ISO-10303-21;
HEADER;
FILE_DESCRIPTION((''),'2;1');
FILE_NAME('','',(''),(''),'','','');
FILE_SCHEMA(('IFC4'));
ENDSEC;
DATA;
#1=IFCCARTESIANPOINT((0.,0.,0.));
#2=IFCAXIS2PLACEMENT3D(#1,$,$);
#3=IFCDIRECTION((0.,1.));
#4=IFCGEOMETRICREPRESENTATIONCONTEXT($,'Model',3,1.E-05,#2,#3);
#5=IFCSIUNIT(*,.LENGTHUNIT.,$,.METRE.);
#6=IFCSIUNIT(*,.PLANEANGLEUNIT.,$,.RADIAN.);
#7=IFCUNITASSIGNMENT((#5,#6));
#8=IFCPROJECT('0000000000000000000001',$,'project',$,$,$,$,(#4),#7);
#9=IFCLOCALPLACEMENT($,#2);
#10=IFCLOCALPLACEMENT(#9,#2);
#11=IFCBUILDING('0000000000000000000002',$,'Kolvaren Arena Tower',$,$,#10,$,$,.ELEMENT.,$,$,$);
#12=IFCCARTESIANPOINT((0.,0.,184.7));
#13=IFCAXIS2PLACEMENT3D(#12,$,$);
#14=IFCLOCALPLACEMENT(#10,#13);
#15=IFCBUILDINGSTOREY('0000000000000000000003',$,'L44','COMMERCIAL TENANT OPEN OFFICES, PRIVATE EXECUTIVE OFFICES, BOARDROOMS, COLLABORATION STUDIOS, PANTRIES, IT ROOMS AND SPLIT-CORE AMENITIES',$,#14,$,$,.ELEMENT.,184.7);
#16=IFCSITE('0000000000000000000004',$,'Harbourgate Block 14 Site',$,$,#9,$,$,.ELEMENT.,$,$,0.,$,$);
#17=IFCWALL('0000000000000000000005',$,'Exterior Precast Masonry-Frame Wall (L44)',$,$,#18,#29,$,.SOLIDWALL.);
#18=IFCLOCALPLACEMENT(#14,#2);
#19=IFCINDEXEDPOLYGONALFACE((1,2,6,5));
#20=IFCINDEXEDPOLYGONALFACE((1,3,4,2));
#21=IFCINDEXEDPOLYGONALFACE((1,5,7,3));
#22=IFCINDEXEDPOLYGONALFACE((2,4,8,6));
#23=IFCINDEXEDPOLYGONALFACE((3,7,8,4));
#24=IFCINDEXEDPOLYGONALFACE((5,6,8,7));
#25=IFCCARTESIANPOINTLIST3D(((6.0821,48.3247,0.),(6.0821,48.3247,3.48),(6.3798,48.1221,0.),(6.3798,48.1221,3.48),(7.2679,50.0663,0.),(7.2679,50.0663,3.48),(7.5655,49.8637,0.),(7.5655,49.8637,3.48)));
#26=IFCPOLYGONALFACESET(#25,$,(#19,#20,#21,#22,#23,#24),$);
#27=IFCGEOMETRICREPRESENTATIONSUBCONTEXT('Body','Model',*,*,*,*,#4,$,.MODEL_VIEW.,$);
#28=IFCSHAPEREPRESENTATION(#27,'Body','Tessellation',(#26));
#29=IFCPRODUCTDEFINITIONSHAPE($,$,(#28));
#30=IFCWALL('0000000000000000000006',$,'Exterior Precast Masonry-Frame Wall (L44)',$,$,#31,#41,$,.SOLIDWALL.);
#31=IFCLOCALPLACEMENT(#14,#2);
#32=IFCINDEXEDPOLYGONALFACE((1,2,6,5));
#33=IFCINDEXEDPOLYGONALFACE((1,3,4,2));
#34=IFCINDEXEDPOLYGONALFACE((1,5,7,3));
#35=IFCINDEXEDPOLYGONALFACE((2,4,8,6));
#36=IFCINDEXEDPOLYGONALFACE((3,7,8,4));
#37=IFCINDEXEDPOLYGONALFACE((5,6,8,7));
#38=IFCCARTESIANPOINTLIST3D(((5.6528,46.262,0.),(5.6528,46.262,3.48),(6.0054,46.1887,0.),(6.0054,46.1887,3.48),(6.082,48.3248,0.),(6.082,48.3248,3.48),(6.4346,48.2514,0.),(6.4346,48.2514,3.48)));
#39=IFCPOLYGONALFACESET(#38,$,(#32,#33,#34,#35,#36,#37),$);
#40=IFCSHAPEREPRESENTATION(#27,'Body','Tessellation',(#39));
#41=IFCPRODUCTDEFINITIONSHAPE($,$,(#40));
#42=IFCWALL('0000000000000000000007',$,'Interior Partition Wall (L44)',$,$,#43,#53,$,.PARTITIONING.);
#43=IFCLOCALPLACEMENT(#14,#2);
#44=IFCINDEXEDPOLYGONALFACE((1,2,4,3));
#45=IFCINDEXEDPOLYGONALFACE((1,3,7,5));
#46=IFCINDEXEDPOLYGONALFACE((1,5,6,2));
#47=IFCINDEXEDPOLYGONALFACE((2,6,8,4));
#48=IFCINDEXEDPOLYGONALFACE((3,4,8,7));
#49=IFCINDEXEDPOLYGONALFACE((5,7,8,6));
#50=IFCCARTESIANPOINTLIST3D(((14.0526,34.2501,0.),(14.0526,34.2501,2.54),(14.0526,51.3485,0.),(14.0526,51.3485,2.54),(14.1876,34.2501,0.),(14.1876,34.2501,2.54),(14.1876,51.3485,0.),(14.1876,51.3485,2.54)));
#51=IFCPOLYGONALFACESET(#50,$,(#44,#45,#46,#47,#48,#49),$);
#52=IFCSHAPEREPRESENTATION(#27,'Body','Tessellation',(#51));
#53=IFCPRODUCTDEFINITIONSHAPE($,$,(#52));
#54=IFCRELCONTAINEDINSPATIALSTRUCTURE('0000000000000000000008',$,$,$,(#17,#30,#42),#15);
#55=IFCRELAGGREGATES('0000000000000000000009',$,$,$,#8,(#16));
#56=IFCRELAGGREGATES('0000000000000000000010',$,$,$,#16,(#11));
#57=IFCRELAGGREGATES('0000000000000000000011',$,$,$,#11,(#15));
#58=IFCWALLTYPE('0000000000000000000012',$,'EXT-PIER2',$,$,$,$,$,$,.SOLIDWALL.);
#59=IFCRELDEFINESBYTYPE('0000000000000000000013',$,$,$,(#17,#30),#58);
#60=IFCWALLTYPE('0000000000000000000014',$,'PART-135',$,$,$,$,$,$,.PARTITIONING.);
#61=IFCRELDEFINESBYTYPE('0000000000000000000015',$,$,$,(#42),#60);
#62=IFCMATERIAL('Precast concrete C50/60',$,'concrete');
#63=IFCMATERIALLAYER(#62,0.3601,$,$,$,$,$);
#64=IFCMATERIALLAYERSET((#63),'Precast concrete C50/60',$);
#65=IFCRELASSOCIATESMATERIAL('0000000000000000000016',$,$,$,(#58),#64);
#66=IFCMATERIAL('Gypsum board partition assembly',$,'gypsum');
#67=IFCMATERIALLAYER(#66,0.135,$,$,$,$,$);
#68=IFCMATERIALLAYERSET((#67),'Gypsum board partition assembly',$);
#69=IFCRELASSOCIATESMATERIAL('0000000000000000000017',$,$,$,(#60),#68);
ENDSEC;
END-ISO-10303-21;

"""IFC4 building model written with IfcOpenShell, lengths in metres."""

from ifc_helpers import new_model, si_unit, direction, frame, frame_2d, origin, place, context, subcontext, project, spatial, rectangle, extrude, material, layer, layer_set, type_object, element, save


model = new_model("IFC4")

# Units and contexts
model_context = context("Model", 3, precision=1e-05, world=origin(), true_north=direction((0.0, 1.0)))
body_context = subcontext(model_context, "Body", "Model", "MODEL_VIEW")
ifc_project = project(units=[si_unit("LENGTHUNIT", "METRE"), si_unit("PLANEANGLEUNIT", "RADIAN")], contexts=[model_context])

# Site, building, storey
site_placement = place(None, origin())
site = spatial("IfcSite", under=ifc_project, at=site_placement, Name="Harbourgate Block 14 Site", CompositionType="ELEMENT", RefElevation=0.0)
building_placement = place(site_placement, origin())
building = spatial("IfcBuilding", under=site, at=building_placement, Name="Kolvaren Arena Tower", CompositionType="ELEMENT")
storey_placement = place(building_placement, frame((0.0, 0.0, 184.7)))
storey = spatial("IfcBuildingStorey", under=building, at=storey_placement, Name="L44", Description="COMMERCIAL TENANT OPEN OFFICES, PRIVATE EXECUTIVE OFFICES, BOARDROOMS, COLLABORATION STUDIOS, PANTRIES, IT ROOMS AND SPLIT-CORE AMENITIES", CompositionType="ELEMENT", Elevation=184.7)

# Shared definitions
ifc_material_1 = material(Name="Precast concrete C50/60", Category="concrete")
ifc_layer_1 = layer(ifc_material_1, 0.3601)
ifc_layer_set_1 = layer_set([ifc_layer_1], Name="Precast concrete C50/60")
wall_type_1 = type_object("IfcWallType", Name="EXT-PIER2", PredefinedType="SOLIDWALL", material=ifc_layer_set_1)

# Walls
for number, where, z_axis, x_axis, name in (
    (1, (6.231, 48.2234, 0.0), (0.0, 0.0, 1.0), (0.562776, 0.82661, 0.0), "Exterior Precast Masonry-Frame Wall (L44)"),
    (2, (5.8291, 46.2253, 0.0), (0.0, 0.0, 1.0), (0.203709, 0.979031, 0.0), "Exterior Precast Masonry-Frame Wall (L44)"),
):
    element("IfcWall", number, at=place(storey_placement, frame(where, z_axis=z_axis, x_axis=x_axis)), inside=storey, type_object=wall_type_1, Name=name, PredefinedType="SOLIDWALL", context=body_context, shape_type="SweptSolid", body=[
        extrude(rectangle(XDim=2.1069, YDim=0.3601, at=frame_2d((1.0535, 0.0))), origin(), (0.0, 0.0, 1.0), 3.48),
    ])
ifc_material_2 = material(Name="Gypsum board partition assembly", Category="gypsum")
ifc_layer_2 = layer(ifc_material_2, 0.135)
ifc_layer_set_2 = layer_set([ifc_layer_2], Name="Gypsum board partition assembly")
wall_type_2 = type_object("IfcWallType", Name="PART-135", PredefinedType="PARTITIONING", material=ifc_layer_set_2)
wall_1_placement = place(storey_placement, frame((14.1201, 34.25, 0.0), z_axis=(0.0, 0.0, 1.0), x_axis=(0.0, 1.0, 0.0)))
element("IfcWall", 3, at=wall_1_placement, inside=storey, type_object=wall_type_2, Name="Interior Partition Wall (L44)", PredefinedType="PARTITIONING", context=body_context, shape_type="SweptSolid", body=[
    extrude(rectangle(XDim=17.0984, YDim=0.135, at=frame_2d((8.5493, 0.0))), origin(), (0.0, 0.0, 1.0), 2.54),
])

save(model, "model.ifc")
